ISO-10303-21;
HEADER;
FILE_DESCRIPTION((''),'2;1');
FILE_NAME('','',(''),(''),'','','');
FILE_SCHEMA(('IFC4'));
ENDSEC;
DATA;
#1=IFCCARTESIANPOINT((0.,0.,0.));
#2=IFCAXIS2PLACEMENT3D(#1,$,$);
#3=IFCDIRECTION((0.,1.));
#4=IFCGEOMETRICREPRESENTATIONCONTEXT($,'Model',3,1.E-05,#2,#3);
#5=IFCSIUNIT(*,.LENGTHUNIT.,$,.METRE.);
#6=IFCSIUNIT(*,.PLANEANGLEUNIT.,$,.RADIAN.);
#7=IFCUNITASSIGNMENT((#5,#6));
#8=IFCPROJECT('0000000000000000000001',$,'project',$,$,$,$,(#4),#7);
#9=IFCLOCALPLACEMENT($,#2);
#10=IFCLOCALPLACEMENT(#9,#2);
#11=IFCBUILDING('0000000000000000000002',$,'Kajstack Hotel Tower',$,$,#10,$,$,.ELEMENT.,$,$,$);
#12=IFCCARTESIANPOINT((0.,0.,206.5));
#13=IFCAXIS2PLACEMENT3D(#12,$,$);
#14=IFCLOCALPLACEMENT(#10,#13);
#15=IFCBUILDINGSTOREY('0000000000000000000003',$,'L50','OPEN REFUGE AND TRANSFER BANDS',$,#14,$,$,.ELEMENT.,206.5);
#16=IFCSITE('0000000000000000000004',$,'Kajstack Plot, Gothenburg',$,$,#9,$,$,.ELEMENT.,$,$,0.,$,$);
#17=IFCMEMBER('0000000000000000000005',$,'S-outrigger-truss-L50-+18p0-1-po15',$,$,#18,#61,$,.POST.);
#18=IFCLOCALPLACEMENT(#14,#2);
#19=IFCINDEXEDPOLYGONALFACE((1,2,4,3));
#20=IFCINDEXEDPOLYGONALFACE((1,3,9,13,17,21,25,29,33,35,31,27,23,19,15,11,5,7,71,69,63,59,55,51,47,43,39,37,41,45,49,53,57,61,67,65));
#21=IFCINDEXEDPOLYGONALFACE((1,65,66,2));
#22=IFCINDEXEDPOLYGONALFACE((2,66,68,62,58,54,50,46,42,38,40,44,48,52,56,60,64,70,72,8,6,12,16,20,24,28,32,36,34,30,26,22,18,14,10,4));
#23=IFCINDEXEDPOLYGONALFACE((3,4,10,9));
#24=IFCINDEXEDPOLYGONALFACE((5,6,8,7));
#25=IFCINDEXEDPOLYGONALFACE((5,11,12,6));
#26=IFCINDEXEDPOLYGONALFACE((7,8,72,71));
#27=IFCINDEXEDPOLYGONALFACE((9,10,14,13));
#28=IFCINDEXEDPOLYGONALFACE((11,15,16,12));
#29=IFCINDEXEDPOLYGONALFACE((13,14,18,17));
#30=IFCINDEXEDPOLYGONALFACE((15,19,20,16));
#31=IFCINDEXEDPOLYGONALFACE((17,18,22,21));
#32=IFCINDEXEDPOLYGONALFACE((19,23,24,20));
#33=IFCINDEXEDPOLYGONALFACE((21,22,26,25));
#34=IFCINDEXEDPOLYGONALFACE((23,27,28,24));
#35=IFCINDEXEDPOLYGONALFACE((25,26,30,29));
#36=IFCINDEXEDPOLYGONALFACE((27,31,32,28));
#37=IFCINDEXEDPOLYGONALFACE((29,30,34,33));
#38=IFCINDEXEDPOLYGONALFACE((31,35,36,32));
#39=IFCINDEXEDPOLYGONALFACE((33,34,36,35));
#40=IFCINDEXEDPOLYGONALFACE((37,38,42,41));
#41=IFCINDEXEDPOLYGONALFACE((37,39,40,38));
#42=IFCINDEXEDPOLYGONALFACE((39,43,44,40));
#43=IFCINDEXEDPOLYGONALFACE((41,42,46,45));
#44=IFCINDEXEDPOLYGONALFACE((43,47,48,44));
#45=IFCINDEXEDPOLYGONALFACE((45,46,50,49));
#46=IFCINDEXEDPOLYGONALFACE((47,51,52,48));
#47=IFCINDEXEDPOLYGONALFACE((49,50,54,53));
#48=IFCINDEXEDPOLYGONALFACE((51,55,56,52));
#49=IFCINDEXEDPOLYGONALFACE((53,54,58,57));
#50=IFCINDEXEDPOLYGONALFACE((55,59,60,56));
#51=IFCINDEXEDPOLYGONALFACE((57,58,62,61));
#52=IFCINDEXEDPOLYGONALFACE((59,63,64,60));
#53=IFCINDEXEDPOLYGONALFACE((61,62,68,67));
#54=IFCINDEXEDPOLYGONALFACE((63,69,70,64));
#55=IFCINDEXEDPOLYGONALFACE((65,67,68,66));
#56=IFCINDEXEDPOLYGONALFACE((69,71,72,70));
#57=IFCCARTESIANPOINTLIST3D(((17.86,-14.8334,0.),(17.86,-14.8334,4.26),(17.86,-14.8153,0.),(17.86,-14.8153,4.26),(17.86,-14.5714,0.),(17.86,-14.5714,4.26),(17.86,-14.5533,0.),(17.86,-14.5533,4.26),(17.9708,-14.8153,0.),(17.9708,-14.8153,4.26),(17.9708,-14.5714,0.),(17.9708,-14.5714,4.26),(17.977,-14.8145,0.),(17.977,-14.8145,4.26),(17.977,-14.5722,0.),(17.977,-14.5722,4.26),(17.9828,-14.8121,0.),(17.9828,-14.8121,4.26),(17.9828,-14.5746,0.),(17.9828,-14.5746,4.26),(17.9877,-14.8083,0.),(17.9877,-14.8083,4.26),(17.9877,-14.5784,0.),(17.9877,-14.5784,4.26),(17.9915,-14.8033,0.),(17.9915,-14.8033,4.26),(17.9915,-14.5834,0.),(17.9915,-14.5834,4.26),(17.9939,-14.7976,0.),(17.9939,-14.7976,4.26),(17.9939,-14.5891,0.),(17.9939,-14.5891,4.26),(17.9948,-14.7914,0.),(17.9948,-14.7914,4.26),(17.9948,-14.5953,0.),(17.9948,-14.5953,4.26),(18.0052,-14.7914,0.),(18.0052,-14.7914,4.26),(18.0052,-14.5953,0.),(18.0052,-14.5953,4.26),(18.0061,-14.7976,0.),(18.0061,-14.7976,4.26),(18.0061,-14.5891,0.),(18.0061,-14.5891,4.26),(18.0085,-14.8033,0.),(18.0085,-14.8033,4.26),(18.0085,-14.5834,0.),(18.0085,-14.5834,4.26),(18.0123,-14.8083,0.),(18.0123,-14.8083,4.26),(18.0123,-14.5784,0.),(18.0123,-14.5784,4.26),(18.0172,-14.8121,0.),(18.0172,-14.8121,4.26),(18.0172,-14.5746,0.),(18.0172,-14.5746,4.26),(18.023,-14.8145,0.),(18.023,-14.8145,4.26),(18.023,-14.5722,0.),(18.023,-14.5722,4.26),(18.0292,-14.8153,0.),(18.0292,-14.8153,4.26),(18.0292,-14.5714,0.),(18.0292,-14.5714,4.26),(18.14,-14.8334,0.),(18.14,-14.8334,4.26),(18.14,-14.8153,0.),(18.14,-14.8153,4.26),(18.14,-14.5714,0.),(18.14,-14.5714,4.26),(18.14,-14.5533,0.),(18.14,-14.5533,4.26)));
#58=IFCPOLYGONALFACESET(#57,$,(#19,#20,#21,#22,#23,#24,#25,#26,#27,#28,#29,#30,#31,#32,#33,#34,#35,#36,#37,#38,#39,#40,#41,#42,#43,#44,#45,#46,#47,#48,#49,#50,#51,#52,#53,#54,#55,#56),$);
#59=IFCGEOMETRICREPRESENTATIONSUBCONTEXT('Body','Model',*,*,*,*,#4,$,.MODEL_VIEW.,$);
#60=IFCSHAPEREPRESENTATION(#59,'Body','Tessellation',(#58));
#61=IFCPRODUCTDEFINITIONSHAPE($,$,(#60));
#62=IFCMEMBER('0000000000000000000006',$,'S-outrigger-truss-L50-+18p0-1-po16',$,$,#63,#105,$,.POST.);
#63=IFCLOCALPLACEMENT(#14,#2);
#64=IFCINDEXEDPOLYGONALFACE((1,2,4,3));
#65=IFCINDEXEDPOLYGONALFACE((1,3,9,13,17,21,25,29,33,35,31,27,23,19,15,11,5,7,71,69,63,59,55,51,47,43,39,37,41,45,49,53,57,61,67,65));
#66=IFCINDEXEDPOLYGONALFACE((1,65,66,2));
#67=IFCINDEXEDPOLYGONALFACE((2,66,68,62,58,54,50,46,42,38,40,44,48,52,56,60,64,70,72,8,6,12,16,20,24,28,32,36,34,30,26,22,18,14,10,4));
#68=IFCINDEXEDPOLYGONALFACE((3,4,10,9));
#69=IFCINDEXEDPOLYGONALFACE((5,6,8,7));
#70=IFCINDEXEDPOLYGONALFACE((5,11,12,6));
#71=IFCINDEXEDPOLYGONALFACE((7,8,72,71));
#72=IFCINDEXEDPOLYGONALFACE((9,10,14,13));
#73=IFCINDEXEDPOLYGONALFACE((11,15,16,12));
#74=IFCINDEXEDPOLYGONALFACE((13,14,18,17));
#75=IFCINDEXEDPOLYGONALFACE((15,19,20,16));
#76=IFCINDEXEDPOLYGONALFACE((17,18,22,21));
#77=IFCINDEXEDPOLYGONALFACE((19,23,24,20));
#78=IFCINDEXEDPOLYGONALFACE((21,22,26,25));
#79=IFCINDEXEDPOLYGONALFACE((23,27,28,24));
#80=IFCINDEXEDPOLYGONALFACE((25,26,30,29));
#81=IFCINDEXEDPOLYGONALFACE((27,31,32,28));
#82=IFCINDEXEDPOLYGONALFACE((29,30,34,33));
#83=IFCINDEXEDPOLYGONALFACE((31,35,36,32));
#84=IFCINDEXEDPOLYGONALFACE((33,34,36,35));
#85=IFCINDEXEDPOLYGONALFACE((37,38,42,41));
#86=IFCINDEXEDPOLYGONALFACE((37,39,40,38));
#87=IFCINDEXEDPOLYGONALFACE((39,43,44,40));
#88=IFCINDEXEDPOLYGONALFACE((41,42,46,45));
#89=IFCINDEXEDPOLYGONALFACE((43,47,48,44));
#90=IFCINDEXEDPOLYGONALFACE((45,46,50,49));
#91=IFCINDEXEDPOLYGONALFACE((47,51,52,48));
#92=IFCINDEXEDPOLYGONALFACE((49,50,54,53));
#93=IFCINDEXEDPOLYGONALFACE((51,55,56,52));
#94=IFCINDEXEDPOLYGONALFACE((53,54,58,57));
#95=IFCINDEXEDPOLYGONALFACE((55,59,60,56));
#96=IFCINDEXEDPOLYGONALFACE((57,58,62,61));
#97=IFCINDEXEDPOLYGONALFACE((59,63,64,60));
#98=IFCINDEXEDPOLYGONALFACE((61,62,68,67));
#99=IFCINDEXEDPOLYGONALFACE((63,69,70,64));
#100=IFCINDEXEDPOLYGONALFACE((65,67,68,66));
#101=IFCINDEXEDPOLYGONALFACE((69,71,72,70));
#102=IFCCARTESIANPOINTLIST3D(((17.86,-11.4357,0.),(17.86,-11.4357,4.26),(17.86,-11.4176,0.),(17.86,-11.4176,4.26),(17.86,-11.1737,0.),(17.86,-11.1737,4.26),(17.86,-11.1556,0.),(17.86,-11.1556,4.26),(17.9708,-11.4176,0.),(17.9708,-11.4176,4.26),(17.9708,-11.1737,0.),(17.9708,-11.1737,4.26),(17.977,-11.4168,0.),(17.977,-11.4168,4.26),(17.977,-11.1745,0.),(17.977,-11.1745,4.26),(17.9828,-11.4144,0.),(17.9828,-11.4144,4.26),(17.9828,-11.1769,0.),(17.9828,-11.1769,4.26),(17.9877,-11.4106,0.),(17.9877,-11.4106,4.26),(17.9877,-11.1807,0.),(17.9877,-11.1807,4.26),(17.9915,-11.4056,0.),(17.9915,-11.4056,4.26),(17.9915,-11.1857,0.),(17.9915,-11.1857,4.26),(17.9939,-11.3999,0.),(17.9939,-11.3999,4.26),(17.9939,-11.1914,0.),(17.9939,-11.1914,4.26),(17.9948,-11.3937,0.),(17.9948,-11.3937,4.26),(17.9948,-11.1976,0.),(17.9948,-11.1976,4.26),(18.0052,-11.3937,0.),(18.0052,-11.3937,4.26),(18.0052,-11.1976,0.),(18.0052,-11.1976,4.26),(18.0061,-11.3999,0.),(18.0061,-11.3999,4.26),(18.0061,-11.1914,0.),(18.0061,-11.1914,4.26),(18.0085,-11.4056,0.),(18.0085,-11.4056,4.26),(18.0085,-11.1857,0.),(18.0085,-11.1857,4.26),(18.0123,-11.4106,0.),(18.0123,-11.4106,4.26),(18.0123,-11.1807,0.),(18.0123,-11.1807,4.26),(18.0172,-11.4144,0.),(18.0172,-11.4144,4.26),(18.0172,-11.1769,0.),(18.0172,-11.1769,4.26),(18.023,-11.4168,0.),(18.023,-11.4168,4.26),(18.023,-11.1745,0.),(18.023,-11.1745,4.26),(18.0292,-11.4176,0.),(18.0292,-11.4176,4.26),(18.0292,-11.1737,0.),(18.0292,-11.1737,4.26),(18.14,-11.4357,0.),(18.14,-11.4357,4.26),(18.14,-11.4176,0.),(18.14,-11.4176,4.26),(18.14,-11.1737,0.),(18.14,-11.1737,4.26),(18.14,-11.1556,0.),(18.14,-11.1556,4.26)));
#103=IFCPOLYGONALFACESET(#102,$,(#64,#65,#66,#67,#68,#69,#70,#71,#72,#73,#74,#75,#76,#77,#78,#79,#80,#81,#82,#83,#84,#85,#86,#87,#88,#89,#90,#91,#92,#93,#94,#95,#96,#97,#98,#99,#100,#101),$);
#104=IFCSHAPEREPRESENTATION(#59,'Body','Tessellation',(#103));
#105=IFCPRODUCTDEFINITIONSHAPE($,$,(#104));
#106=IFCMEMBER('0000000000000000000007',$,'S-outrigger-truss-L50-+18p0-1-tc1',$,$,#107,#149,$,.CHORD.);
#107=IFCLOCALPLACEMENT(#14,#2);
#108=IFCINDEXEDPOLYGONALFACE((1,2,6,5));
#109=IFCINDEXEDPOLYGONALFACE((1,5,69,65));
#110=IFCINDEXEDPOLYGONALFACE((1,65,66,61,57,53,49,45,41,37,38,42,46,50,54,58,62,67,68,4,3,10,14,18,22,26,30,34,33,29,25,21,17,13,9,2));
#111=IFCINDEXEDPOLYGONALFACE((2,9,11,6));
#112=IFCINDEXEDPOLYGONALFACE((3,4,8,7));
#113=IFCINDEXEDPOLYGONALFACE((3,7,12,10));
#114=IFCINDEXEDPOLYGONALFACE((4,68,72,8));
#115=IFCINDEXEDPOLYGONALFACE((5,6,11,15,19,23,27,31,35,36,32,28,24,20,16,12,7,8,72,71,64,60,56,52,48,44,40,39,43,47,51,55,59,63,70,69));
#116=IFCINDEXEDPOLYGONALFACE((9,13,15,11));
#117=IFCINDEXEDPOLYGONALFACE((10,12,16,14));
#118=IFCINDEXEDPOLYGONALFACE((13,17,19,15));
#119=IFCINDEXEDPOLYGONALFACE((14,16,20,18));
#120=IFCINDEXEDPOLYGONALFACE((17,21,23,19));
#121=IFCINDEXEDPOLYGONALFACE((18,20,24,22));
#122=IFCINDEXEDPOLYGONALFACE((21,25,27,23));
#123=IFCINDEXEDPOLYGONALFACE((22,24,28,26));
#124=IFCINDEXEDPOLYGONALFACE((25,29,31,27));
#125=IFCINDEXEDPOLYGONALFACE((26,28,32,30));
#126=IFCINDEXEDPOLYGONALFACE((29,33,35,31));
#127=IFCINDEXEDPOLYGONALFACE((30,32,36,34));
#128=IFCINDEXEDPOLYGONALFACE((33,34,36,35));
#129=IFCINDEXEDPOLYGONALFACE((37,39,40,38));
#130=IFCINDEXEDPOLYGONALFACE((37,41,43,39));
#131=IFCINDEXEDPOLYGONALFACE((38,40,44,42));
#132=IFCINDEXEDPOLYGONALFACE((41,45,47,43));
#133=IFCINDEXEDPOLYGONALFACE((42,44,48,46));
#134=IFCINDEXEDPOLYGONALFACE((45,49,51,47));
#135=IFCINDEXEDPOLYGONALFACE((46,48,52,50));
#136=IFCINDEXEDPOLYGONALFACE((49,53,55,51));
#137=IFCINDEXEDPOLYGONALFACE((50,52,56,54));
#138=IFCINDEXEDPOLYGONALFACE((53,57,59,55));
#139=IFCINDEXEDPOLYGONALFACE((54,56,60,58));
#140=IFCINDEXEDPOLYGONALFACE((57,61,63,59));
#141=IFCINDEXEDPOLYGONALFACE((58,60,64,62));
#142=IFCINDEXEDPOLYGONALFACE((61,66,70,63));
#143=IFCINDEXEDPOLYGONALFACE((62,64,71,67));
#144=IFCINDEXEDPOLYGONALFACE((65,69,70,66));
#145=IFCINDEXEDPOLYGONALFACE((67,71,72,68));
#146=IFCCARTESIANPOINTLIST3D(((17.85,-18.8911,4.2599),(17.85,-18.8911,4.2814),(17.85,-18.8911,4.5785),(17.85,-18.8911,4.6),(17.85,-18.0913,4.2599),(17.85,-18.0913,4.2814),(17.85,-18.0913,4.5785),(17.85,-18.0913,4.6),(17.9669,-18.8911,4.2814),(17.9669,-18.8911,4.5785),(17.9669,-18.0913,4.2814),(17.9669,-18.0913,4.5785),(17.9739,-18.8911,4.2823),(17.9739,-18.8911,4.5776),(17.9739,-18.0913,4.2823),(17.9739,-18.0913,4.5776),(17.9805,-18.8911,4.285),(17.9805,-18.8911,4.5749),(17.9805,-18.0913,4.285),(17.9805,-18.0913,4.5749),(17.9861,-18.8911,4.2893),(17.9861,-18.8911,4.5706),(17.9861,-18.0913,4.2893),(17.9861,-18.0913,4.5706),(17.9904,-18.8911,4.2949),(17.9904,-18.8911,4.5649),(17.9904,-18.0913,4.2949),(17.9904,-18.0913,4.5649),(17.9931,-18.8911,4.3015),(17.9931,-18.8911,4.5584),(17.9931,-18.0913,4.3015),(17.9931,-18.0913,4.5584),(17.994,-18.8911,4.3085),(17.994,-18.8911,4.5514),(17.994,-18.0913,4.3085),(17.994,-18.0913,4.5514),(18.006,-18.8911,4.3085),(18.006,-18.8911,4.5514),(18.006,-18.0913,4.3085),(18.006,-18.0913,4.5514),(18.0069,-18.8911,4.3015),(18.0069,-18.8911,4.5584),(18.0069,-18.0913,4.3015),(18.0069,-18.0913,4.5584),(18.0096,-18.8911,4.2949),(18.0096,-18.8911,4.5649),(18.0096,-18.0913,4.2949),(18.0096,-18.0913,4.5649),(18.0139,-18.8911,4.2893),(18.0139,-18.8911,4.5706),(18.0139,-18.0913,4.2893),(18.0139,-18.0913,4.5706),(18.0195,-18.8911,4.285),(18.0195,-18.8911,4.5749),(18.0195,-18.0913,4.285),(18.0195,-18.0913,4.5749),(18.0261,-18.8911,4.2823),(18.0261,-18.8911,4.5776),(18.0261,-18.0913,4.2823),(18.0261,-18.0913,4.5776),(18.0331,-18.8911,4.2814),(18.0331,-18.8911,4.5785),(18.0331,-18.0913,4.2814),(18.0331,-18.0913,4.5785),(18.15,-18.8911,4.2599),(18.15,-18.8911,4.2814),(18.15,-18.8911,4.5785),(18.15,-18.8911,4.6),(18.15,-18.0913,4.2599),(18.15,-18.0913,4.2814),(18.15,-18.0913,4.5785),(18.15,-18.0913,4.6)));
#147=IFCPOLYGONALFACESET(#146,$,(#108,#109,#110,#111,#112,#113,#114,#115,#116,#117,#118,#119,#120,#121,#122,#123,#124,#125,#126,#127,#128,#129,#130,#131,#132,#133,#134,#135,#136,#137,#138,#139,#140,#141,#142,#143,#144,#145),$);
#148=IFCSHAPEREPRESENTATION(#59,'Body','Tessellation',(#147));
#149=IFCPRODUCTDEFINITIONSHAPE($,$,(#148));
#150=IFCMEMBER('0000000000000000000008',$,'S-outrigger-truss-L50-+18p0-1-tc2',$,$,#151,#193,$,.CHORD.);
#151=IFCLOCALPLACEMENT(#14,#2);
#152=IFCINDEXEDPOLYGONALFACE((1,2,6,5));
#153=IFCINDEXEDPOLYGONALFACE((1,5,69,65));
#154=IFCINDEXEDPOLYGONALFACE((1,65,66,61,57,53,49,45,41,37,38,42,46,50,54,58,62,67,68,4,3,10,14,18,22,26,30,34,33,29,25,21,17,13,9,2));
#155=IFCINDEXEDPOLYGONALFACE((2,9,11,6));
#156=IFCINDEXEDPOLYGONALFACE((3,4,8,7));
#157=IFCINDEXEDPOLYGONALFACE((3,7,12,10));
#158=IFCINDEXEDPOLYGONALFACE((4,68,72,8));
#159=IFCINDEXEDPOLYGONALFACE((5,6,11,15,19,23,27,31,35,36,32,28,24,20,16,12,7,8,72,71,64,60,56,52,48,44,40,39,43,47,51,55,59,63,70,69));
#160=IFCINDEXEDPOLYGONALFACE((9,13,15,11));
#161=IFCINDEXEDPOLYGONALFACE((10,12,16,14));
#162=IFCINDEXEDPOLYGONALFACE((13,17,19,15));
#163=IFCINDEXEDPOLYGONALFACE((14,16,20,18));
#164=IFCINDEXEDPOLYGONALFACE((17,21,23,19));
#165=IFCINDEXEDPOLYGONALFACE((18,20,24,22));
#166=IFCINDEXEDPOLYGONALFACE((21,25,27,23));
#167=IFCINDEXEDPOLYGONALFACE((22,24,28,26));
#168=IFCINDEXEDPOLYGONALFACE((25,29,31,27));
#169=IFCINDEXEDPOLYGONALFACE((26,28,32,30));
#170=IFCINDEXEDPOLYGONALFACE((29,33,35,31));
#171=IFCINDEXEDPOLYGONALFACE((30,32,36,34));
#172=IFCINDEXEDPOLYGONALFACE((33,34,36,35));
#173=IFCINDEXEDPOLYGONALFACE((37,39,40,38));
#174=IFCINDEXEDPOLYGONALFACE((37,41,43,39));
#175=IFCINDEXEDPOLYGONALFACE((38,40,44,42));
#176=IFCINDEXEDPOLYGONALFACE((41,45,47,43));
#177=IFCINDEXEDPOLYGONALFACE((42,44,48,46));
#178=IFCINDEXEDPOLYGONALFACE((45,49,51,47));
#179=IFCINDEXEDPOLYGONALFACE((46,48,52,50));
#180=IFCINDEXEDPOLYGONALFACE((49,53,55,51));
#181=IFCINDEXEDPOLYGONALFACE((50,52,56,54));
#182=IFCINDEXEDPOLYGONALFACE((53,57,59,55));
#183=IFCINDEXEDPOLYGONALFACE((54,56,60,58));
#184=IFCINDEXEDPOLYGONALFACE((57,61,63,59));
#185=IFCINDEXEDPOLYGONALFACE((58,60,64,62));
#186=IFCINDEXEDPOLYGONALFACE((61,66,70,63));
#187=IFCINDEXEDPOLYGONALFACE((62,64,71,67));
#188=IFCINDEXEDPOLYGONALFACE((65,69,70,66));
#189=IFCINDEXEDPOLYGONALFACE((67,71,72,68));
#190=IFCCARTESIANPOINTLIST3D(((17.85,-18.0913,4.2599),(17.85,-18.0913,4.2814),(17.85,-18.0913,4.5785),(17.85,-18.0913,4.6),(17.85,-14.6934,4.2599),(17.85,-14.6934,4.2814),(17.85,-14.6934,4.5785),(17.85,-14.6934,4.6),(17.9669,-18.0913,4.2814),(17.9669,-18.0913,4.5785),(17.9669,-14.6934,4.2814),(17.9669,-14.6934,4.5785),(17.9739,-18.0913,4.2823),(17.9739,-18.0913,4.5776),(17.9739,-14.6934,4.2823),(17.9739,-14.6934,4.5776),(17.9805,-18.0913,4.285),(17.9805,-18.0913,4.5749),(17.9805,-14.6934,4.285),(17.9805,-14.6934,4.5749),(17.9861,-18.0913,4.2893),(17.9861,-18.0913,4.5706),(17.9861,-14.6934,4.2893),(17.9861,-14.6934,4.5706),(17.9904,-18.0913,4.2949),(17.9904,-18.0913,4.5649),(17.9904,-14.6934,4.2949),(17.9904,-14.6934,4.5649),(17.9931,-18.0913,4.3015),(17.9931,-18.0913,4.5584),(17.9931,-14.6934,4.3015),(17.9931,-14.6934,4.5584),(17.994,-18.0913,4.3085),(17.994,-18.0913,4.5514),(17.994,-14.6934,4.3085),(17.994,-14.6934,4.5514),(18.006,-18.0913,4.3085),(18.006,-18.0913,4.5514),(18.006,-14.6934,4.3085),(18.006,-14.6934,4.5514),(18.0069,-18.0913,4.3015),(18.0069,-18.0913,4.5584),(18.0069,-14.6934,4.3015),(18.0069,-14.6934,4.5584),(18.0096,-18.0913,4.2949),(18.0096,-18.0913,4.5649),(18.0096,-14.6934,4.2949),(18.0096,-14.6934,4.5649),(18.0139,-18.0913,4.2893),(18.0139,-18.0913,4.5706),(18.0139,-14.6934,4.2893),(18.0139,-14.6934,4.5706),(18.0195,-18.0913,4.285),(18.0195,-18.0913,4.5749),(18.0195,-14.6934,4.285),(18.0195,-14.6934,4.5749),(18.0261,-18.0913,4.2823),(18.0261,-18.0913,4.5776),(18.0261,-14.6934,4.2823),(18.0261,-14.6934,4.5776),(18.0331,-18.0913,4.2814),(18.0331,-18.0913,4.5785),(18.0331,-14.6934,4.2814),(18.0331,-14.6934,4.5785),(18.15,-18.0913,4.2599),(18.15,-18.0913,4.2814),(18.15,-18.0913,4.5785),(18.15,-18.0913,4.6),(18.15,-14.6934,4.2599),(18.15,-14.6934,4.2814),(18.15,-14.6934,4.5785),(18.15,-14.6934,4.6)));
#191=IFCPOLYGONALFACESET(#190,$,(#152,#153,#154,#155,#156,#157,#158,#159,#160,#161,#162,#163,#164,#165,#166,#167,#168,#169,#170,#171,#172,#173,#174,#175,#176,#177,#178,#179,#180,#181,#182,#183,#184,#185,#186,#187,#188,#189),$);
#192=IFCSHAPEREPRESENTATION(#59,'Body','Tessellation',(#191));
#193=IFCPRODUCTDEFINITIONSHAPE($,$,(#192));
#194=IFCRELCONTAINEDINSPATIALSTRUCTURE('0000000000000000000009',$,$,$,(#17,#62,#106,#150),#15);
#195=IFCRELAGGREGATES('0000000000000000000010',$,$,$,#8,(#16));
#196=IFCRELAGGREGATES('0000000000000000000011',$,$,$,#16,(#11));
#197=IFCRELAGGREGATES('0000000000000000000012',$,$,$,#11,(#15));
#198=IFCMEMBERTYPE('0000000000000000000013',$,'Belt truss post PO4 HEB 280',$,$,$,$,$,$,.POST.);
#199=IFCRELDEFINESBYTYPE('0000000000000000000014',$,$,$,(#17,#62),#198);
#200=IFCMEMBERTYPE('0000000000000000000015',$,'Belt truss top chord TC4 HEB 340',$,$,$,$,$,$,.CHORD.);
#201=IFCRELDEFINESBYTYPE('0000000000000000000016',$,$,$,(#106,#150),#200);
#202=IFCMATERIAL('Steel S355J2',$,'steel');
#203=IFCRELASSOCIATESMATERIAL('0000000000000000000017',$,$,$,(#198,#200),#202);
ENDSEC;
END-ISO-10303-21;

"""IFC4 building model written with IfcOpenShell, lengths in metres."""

from ifc_helpers import new_model, si_unit, direction, frame, origin, origin_2d, place, context, subcontext, project, spatial, i_section, extrude, material, material_profile, profile_set, type_object, element, save


model = new_model("IFC4")

# Units and contexts
model_context = context("Model", 3, precision=1e-05, world=origin(), true_north=direction((0.0, 1.0)))
body_context = subcontext(model_context, "Body", "Model", "MODEL_VIEW")
ifc_project = project(units=[si_unit("LENGTHUNIT", "METRE"), si_unit("PLANEANGLEUNIT", "RADIAN")], contexts=[model_context])

# Site, building, storey
site_placement = place(None, origin())
site = spatial("IfcSite", under=ifc_project, at=site_placement, Name="Kajstack Plot, Gothenburg", CompositionType="ELEMENT", RefElevation=0.0)
building_placement = place(site_placement, origin())
building = spatial("IfcBuilding", under=site, at=building_placement, Name="Kajstack Hotel Tower", CompositionType="ELEMENT")
storey_placement = place(building_placement, frame((0.0, 0.0, 206.5)))
storey = spatial("IfcBuildingStorey", under=building, at=storey_placement, Name="L50", Description="OPEN REFUGE AND TRANSFER BANDS", CompositionType="ELEMENT", Elevation=206.5)

# Members
ifc_material = material(Name="Steel S355J2", Category="steel")
ifc_material_profile_1 = material_profile(ifc_material, i_section(OverallWidth=0.28, OverallDepth=0.28, WebThickness=0.0105, FlangeThickness=0.0181, FilletRadius=0.0239, at=origin_2d()), Name="HEB 280")
ifc_profile_set_1 = profile_set([ifc_material_profile_1], Name="Steel S355J2")
member_type_1 = type_object("IfcMemberType", Name="Belt truss post PO4 HEB 280", PredefinedType="POST", material=ifc_profile_set_1)
for number, where, z_axis, x_axis, name in (
    (1, (18.0, -14.6934, 0.0), (0.0, 0.0, 1.0), (1.0, 0.0, 0.0), "S-outrigger-truss-L50-+18p0-1-po15"),
    (2, (18.0, -11.2957, 0.0), (0.0, 0.0, 1.0), (1.0, 0.0, 0.0), "S-outrigger-truss-L50-+18p0-1-po16"),
):
    element("IfcMember", number, at=place(storey_placement, frame(where, z_axis=z_axis, x_axis=x_axis)), inside=storey, type_object=member_type_1, Name=name, PredefinedType="POST", context=body_context, shape_type="SweptSolid", body=[
        extrude(i_section(OverallWidth=0.28, OverallDepth=0.28, WebThickness=0.0105, FlangeThickness=0.0181, FilletRadius=0.0239, at=origin_2d()), origin(), (0.0, 0.0, 1.0), 4.26),
    ])
ifc_material_profile_2 = material_profile(ifc_material, i_section(OverallWidth=0.3, OverallDepth=0.3401, WebThickness=0.012, FlangeThickness=0.0215, FilletRadius=0.0271, at=origin_2d()), Name="HEB 340")
ifc_profile_set_2 = profile_set([ifc_material_profile_2], Name="Steel S355J2")
member_type_2 = type_object("IfcMemberType", Name="Belt truss top chord TC4 HEB 340", PredefinedType="CHORD", material=ifc_profile_set_2)
member_1_placement = place(storey_placement, frame((18.0, -18.8911, 4.4299), z_axis=(0.0, 1.0, 0.0), x_axis=(-1.0, 0.0, 0.0)))
element("IfcMember", 3, at=member_1_placement, inside=storey, type_object=member_type_2, Name="S-outrigger-truss-L50-+18p0-1-tc1", PredefinedType="CHORD", context=body_context, shape_type="SweptSolid", body=[
    extrude(i_section(OverallWidth=0.3, OverallDepth=0.3401, WebThickness=0.012, FlangeThickness=0.0215, FilletRadius=0.0271, at=origin_2d()), origin(), (0.0, 0.0, 1.0), 0.7998),
])
member_2_placement = place(storey_placement, frame((18.0, -18.0913, 4.4299), z_axis=(0.0, 1.0, 0.0), x_axis=(-1.0, 0.0, 0.0)))
element("IfcMember", 4, at=member_2_placement, inside=storey, type_object=member_type_2, Name="S-outrigger-truss-L50-+18p0-1-tc2", PredefinedType="CHORD", context=body_context, shape_type="SweptSolid", body=[
    extrude(i_section(OverallWidth=0.3, OverallDepth=0.3401, WebThickness=0.012, FlangeThickness=0.0215, FilletRadius=0.0271, at=origin_2d()), origin(), (0.0, 0.0, 1.0), 3.3979),
])

save(model, "model.ifc")
